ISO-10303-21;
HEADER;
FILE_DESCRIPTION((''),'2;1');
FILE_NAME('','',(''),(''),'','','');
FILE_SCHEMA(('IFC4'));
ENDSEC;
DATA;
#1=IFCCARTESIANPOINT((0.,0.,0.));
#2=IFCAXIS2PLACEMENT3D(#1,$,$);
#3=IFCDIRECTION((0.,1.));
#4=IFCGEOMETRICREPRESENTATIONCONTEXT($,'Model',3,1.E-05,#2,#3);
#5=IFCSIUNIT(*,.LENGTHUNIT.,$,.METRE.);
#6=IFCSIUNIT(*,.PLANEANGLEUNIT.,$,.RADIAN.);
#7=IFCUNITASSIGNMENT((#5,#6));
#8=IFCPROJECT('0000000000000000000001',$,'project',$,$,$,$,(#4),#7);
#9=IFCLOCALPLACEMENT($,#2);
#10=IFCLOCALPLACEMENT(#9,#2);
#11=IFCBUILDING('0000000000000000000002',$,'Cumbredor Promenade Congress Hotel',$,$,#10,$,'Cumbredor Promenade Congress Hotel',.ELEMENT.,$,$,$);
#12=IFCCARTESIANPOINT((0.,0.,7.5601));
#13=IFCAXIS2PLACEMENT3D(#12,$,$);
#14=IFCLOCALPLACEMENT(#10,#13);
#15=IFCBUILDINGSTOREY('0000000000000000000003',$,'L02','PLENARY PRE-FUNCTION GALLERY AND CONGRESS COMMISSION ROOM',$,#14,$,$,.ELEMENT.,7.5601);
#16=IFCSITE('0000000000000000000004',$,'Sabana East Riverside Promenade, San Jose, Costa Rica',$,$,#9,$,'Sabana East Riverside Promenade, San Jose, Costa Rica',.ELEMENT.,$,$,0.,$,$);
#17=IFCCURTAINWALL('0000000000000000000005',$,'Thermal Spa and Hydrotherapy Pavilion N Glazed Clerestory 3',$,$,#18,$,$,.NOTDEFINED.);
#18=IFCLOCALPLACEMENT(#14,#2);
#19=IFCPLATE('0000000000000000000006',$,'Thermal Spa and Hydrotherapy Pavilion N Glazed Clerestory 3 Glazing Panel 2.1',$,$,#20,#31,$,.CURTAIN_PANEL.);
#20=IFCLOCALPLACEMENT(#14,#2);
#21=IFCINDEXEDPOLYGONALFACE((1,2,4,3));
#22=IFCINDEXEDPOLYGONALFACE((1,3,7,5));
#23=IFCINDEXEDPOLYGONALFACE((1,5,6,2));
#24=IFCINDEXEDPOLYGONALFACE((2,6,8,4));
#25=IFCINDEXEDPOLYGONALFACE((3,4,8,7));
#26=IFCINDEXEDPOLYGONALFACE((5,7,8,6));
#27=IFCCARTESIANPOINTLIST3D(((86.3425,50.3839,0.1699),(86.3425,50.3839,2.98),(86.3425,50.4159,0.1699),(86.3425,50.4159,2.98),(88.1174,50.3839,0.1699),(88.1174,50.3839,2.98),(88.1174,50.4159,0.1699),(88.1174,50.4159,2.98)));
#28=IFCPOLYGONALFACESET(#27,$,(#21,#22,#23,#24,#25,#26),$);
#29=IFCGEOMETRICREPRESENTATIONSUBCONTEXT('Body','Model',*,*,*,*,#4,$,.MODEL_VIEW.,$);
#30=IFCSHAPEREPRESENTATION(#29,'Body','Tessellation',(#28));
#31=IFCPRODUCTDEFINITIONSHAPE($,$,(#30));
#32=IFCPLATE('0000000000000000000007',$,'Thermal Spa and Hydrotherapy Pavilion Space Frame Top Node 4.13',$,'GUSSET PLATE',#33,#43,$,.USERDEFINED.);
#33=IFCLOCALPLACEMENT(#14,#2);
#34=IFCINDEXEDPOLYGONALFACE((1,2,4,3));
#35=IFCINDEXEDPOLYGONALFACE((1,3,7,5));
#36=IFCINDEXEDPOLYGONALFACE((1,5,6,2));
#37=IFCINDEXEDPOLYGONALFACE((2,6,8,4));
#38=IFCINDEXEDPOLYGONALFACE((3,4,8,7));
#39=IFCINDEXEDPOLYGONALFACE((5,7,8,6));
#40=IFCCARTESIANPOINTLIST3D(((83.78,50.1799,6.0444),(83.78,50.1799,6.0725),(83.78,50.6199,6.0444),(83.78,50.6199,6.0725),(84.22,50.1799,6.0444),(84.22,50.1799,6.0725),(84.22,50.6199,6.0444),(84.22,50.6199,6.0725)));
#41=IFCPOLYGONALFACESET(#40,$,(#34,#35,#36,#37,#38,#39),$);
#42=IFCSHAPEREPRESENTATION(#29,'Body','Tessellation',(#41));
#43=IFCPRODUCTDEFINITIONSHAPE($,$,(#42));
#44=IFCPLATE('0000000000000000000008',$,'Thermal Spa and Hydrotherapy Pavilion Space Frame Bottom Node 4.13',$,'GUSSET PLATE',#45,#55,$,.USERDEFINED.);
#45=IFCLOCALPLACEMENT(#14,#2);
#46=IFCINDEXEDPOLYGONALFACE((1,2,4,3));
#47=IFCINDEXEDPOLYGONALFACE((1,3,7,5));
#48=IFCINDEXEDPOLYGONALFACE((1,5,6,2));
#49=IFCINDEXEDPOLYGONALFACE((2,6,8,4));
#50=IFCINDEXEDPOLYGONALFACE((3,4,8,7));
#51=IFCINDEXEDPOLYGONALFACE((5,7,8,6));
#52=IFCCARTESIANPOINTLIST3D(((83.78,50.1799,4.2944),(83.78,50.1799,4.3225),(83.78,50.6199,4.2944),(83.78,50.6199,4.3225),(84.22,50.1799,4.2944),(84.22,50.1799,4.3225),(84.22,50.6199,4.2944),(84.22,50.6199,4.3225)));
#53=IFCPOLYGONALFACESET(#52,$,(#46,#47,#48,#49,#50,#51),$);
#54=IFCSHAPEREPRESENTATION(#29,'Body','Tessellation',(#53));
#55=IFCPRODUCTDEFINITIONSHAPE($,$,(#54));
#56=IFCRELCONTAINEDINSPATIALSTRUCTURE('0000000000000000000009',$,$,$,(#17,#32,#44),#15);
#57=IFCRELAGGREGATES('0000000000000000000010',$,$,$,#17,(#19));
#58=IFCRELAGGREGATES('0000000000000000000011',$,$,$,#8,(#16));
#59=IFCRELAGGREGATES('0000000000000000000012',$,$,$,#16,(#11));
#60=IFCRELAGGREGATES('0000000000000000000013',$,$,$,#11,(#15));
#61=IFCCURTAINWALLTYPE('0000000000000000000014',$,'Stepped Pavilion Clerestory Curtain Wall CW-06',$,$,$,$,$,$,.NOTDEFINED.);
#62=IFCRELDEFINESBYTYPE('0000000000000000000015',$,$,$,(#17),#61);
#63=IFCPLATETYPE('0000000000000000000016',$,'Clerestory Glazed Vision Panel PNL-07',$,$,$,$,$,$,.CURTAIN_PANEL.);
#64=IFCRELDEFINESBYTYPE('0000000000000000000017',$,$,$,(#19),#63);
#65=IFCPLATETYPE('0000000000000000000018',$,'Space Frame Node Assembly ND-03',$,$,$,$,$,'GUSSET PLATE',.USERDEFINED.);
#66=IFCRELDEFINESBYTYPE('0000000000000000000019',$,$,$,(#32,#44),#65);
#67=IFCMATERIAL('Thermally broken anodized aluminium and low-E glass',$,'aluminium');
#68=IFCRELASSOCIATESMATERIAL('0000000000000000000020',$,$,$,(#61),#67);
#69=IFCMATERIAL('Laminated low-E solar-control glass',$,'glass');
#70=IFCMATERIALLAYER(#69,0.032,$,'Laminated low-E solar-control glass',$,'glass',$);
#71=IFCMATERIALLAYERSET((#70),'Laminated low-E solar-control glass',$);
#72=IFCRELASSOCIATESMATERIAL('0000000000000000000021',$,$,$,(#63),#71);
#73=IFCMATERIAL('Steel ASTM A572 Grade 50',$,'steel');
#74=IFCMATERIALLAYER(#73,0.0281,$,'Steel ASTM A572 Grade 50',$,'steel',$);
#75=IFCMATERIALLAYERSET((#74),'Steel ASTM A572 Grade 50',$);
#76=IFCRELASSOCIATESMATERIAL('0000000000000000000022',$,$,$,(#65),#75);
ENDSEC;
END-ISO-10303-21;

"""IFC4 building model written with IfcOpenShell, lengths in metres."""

from ifc_helpers import new_model, si_unit, direction, frame, origin, origin_2d, place, context, subcontext, project, spatial, rectangle, extrude, material, layer, layer_set, type_object, element, aggregate, save


model = new_model("IFC4")

# Units and contexts
model_context = context("Model", 3, precision=1e-05, world=origin(), true_north=direction((0.0, 1.0)))
body_context = subcontext(model_context, "Body", "Model", "MODEL_VIEW")
ifc_project = project(units=[si_unit("LENGTHUNIT", "METRE"), si_unit("PLANEANGLEUNIT", "RADIAN")], contexts=[model_context])

# Site, building, storey
site_placement = place(None, origin())
site = spatial("IfcSite", under=ifc_project, at=site_placement, Name="Sabana East Riverside Promenade, San Jose, Costa Rica", LongName="Sabana East Riverside Promenade, San Jose, Costa Rica", CompositionType="ELEMENT", RefElevation=0.0)
building_placement = place(site_placement, origin())
building = spatial("IfcBuilding", under=site, at=building_placement, Name="Cumbredor Promenade Congress Hotel", LongName="Cumbredor Promenade Congress Hotel", CompositionType="ELEMENT")
storey_placement = place(building_placement, frame((0.0, 0.0, 7.5601)))
storey = spatial("IfcBuildingStorey", under=building, at=storey_placement, Name="L02", Description="PLENARY PRE-FUNCTION GALLERY AND CONGRESS COMMISSION ROOM", CompositionType="ELEMENT", Elevation=7.5601)

# Curtain wall
ifc_material_1 = material(Name="Thermally broken anodized aluminium and low-E glass", Category="aluminium")
curtain_wall_type = type_object("IfcCurtainWallType", Name="Stepped Pavilion Clerestory Curtain Wall CW-06", PredefinedType="NOTDEFINED", material=ifc_material_1)
curtain_wall_1_placement = place(storey_placement, origin())
curtain_wall_1 = element("IfcCurtainWall", 1, at=curtain_wall_1_placement, inside=storey, type_object=curtain_wall_type, Name="Thermal Spa and Hydrotherapy Pavilion N Glazed Clerestory 3", PredefinedType="NOTDEFINED")

# Plate
ifc_material_2 = material(Name="Laminated low-E solar-control glass", Category="glass")
ifc_layer_1 = layer(ifc_material_2, 0.032, Name="Laminated low-E solar-control glass", Category="glass")
ifc_layer_set_1 = layer_set([ifc_layer_1], Name="Laminated low-E solar-control glass")
plate_type_1 = type_object("IfcPlateType", Name="Clerestory Glazed Vision Panel PNL-07", PredefinedType="CURTAIN_PANEL", material=ifc_layer_set_1)
plate_1_placement = place(storey_placement, frame((87.23, 50.3999, 0.1699), z_axis=(0.0, 0.0, 1.0), x_axis=(1.0, 0.0, 0.0)))
plate_1 = element("IfcPlate", 2, at=plate_1_placement, type_object=plate_type_1, Name="Thermal Spa and Hydrotherapy Pavilion N Glazed Clerestory 3 Glazing Panel 2.1", PredefinedType="CURTAIN_PANEL", context=body_context, shape_type="SweptSolid", body=[
    extrude(rectangle(XDim=1.7749, YDim=0.032, at=origin_2d()), origin(), (0.0, 0.0, 1.0), 2.8101),
])
aggregate(curtain_wall_1, [plate_1])

# Plates
ifc_material_3 = material(Name="Steel ASTM A572 Grade 50", Category="steel")
ifc_layer_2 = layer(ifc_material_3, 0.0281, Name="Steel ASTM A572 Grade 50", Category="steel")
ifc_layer_set_2 = layer_set([ifc_layer_2], Name="Steel ASTM A572 Grade 50")
plate_type_2 = type_object("IfcPlateType", Name="Space Frame Node Assembly ND-03", ElementType="GUSSET PLATE", PredefinedType="USERDEFINED", material=ifc_layer_set_2)
for number, where, z_axis, x_axis, name in (
    (3, (84.0, 50.3999, 6.0444), (0.0, 0.0, 1.0), (1.0, 0.0, 0.0), "Thermal Spa and Hydrotherapy Pavilion Space Frame Top Node 4.13"),
    (4, (84.0, 50.3999, 4.2944), (0.0, 0.0, 1.0), (1.0, 0.0, 0.0), "Thermal Spa and Hydrotherapy Pavilion Space Frame Bottom Node 4.13"),
):
    element("IfcPlate", number, at=place(storey_placement, frame(where, z_axis=z_axis, x_axis=x_axis)), inside=storey, type_object=plate_type_2, Name=name, ObjectType="GUSSET PLATE", PredefinedType="USERDEFINED", context=body_context, shape_type="SweptSolid", body=[
        extrude(rectangle(XDim=0.4399, YDim=0.4399, at=origin_2d()), origin(), (0.0, 0.0, 1.0), 0.0281),
    ])

save(model, "model.ifc")
